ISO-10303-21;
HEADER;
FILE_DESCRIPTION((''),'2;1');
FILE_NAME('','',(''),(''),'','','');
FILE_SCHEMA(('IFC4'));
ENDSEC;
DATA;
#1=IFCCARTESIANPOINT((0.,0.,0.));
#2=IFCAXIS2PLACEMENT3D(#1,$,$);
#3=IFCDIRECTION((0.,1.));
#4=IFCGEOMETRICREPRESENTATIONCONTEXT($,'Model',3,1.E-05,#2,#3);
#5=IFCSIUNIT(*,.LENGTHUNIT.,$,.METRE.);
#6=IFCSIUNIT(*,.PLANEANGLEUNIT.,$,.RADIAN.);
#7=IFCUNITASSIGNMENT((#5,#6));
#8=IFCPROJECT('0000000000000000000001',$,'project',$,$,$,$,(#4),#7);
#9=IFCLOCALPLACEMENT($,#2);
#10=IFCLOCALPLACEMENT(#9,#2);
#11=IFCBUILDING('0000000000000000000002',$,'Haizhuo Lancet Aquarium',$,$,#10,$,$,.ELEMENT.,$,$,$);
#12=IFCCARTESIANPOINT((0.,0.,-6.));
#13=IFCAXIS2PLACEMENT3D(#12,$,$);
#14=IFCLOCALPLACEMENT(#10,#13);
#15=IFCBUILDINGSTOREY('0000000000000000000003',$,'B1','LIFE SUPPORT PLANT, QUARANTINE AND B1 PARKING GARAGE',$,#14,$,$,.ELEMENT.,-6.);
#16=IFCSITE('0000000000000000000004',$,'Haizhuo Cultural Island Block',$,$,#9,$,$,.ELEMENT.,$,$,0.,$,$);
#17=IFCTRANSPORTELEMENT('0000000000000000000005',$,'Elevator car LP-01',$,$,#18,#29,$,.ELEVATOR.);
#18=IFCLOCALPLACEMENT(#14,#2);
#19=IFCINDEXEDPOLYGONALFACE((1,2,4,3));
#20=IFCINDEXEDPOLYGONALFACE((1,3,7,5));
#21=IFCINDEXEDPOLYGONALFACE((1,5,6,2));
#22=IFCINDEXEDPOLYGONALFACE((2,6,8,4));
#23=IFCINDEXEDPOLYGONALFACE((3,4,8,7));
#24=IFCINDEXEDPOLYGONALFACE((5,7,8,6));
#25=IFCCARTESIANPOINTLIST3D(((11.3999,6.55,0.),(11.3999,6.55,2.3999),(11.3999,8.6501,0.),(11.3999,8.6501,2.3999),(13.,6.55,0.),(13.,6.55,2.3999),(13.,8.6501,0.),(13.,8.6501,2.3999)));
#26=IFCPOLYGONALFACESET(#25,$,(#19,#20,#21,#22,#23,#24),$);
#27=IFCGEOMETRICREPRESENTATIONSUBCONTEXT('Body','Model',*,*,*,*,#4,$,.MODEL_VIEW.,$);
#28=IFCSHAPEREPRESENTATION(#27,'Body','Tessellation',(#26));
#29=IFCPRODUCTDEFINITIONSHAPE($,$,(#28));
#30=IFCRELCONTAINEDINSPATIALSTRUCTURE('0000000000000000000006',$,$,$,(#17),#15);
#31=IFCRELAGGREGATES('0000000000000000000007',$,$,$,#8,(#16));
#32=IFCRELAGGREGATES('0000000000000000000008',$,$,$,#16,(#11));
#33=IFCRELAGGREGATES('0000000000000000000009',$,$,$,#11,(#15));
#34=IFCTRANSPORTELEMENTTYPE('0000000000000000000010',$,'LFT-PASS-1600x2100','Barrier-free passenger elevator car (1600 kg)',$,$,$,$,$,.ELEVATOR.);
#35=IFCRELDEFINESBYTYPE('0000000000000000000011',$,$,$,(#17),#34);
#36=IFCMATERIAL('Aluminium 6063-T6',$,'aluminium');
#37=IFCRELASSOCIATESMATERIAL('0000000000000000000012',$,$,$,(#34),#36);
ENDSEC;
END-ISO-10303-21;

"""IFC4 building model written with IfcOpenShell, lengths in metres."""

from ifc_helpers import new_model, si_unit, direction, frame, origin, origin_2d, place, context, subcontext, project, spatial, rectangle, extrude, material, type_object, element, save


model = new_model("IFC4")

# Units and contexts
model_context = context("Model", 3, precision=1e-05, world=origin(), true_north=direction((0.0, 1.0)))
body_context = subcontext(model_context, "Body", "Model", "MODEL_VIEW")
ifc_project = project(units=[si_unit("LENGTHUNIT", "METRE"), si_unit("PLANEANGLEUNIT", "RADIAN")], contexts=[model_context])

# Site, building, storey
site_placement = place(None, origin())
site = spatial("IfcSite", under=ifc_project, at=site_placement, Name="Haizhuo Cultural Island Block", CompositionType="ELEMENT", RefElevation=0.0)
building_placement = place(site_placement, origin())
building = spatial("IfcBuilding", under=site, at=building_placement, Name="Haizhuo Lancet Aquarium", CompositionType="ELEMENT")
storey_placement = place(building_placement, frame((0.0, 0.0, -6.0)))
storey = spatial("IfcBuildingStorey", under=building, at=storey_placement, Name="B1", Description="LIFE SUPPORT PLANT, QUARANTINE AND B1 PARKING GARAGE", CompositionType="ELEMENT", Elevation=-6.0)

# Transport element
ifc_material_1 = material(Name="Aluminium 6063-T6", Category="aluminium")
transport_element_type = type_object("IfcTransportElementType", Name="LFT-PASS-1600x2100", Description="Barrier-free passenger elevator car (1600 kg)", PredefinedType="ELEVATOR", material=ifc_material_1)
transport_element_placement = place(storey_placement, frame((12.2, 7.6001, 0.0), z_axis=(0.0, 0.0, 1.0), x_axis=(1.0, 0.0, 0.0)))
element("IfcTransportElement", 1, at=transport_element_placement, inside=storey, type_object=transport_element_type, Name="Elevator car LP-01", PredefinedType="ELEVATOR", context=body_context, shape_type="SweptSolid", body=[
    extrude(rectangle(XDim=1.6001, YDim=2.1001, at=origin_2d()), origin(), (0.0, 0.0, 1.0), 2.3999),
])

save(model, "model.ifc")
